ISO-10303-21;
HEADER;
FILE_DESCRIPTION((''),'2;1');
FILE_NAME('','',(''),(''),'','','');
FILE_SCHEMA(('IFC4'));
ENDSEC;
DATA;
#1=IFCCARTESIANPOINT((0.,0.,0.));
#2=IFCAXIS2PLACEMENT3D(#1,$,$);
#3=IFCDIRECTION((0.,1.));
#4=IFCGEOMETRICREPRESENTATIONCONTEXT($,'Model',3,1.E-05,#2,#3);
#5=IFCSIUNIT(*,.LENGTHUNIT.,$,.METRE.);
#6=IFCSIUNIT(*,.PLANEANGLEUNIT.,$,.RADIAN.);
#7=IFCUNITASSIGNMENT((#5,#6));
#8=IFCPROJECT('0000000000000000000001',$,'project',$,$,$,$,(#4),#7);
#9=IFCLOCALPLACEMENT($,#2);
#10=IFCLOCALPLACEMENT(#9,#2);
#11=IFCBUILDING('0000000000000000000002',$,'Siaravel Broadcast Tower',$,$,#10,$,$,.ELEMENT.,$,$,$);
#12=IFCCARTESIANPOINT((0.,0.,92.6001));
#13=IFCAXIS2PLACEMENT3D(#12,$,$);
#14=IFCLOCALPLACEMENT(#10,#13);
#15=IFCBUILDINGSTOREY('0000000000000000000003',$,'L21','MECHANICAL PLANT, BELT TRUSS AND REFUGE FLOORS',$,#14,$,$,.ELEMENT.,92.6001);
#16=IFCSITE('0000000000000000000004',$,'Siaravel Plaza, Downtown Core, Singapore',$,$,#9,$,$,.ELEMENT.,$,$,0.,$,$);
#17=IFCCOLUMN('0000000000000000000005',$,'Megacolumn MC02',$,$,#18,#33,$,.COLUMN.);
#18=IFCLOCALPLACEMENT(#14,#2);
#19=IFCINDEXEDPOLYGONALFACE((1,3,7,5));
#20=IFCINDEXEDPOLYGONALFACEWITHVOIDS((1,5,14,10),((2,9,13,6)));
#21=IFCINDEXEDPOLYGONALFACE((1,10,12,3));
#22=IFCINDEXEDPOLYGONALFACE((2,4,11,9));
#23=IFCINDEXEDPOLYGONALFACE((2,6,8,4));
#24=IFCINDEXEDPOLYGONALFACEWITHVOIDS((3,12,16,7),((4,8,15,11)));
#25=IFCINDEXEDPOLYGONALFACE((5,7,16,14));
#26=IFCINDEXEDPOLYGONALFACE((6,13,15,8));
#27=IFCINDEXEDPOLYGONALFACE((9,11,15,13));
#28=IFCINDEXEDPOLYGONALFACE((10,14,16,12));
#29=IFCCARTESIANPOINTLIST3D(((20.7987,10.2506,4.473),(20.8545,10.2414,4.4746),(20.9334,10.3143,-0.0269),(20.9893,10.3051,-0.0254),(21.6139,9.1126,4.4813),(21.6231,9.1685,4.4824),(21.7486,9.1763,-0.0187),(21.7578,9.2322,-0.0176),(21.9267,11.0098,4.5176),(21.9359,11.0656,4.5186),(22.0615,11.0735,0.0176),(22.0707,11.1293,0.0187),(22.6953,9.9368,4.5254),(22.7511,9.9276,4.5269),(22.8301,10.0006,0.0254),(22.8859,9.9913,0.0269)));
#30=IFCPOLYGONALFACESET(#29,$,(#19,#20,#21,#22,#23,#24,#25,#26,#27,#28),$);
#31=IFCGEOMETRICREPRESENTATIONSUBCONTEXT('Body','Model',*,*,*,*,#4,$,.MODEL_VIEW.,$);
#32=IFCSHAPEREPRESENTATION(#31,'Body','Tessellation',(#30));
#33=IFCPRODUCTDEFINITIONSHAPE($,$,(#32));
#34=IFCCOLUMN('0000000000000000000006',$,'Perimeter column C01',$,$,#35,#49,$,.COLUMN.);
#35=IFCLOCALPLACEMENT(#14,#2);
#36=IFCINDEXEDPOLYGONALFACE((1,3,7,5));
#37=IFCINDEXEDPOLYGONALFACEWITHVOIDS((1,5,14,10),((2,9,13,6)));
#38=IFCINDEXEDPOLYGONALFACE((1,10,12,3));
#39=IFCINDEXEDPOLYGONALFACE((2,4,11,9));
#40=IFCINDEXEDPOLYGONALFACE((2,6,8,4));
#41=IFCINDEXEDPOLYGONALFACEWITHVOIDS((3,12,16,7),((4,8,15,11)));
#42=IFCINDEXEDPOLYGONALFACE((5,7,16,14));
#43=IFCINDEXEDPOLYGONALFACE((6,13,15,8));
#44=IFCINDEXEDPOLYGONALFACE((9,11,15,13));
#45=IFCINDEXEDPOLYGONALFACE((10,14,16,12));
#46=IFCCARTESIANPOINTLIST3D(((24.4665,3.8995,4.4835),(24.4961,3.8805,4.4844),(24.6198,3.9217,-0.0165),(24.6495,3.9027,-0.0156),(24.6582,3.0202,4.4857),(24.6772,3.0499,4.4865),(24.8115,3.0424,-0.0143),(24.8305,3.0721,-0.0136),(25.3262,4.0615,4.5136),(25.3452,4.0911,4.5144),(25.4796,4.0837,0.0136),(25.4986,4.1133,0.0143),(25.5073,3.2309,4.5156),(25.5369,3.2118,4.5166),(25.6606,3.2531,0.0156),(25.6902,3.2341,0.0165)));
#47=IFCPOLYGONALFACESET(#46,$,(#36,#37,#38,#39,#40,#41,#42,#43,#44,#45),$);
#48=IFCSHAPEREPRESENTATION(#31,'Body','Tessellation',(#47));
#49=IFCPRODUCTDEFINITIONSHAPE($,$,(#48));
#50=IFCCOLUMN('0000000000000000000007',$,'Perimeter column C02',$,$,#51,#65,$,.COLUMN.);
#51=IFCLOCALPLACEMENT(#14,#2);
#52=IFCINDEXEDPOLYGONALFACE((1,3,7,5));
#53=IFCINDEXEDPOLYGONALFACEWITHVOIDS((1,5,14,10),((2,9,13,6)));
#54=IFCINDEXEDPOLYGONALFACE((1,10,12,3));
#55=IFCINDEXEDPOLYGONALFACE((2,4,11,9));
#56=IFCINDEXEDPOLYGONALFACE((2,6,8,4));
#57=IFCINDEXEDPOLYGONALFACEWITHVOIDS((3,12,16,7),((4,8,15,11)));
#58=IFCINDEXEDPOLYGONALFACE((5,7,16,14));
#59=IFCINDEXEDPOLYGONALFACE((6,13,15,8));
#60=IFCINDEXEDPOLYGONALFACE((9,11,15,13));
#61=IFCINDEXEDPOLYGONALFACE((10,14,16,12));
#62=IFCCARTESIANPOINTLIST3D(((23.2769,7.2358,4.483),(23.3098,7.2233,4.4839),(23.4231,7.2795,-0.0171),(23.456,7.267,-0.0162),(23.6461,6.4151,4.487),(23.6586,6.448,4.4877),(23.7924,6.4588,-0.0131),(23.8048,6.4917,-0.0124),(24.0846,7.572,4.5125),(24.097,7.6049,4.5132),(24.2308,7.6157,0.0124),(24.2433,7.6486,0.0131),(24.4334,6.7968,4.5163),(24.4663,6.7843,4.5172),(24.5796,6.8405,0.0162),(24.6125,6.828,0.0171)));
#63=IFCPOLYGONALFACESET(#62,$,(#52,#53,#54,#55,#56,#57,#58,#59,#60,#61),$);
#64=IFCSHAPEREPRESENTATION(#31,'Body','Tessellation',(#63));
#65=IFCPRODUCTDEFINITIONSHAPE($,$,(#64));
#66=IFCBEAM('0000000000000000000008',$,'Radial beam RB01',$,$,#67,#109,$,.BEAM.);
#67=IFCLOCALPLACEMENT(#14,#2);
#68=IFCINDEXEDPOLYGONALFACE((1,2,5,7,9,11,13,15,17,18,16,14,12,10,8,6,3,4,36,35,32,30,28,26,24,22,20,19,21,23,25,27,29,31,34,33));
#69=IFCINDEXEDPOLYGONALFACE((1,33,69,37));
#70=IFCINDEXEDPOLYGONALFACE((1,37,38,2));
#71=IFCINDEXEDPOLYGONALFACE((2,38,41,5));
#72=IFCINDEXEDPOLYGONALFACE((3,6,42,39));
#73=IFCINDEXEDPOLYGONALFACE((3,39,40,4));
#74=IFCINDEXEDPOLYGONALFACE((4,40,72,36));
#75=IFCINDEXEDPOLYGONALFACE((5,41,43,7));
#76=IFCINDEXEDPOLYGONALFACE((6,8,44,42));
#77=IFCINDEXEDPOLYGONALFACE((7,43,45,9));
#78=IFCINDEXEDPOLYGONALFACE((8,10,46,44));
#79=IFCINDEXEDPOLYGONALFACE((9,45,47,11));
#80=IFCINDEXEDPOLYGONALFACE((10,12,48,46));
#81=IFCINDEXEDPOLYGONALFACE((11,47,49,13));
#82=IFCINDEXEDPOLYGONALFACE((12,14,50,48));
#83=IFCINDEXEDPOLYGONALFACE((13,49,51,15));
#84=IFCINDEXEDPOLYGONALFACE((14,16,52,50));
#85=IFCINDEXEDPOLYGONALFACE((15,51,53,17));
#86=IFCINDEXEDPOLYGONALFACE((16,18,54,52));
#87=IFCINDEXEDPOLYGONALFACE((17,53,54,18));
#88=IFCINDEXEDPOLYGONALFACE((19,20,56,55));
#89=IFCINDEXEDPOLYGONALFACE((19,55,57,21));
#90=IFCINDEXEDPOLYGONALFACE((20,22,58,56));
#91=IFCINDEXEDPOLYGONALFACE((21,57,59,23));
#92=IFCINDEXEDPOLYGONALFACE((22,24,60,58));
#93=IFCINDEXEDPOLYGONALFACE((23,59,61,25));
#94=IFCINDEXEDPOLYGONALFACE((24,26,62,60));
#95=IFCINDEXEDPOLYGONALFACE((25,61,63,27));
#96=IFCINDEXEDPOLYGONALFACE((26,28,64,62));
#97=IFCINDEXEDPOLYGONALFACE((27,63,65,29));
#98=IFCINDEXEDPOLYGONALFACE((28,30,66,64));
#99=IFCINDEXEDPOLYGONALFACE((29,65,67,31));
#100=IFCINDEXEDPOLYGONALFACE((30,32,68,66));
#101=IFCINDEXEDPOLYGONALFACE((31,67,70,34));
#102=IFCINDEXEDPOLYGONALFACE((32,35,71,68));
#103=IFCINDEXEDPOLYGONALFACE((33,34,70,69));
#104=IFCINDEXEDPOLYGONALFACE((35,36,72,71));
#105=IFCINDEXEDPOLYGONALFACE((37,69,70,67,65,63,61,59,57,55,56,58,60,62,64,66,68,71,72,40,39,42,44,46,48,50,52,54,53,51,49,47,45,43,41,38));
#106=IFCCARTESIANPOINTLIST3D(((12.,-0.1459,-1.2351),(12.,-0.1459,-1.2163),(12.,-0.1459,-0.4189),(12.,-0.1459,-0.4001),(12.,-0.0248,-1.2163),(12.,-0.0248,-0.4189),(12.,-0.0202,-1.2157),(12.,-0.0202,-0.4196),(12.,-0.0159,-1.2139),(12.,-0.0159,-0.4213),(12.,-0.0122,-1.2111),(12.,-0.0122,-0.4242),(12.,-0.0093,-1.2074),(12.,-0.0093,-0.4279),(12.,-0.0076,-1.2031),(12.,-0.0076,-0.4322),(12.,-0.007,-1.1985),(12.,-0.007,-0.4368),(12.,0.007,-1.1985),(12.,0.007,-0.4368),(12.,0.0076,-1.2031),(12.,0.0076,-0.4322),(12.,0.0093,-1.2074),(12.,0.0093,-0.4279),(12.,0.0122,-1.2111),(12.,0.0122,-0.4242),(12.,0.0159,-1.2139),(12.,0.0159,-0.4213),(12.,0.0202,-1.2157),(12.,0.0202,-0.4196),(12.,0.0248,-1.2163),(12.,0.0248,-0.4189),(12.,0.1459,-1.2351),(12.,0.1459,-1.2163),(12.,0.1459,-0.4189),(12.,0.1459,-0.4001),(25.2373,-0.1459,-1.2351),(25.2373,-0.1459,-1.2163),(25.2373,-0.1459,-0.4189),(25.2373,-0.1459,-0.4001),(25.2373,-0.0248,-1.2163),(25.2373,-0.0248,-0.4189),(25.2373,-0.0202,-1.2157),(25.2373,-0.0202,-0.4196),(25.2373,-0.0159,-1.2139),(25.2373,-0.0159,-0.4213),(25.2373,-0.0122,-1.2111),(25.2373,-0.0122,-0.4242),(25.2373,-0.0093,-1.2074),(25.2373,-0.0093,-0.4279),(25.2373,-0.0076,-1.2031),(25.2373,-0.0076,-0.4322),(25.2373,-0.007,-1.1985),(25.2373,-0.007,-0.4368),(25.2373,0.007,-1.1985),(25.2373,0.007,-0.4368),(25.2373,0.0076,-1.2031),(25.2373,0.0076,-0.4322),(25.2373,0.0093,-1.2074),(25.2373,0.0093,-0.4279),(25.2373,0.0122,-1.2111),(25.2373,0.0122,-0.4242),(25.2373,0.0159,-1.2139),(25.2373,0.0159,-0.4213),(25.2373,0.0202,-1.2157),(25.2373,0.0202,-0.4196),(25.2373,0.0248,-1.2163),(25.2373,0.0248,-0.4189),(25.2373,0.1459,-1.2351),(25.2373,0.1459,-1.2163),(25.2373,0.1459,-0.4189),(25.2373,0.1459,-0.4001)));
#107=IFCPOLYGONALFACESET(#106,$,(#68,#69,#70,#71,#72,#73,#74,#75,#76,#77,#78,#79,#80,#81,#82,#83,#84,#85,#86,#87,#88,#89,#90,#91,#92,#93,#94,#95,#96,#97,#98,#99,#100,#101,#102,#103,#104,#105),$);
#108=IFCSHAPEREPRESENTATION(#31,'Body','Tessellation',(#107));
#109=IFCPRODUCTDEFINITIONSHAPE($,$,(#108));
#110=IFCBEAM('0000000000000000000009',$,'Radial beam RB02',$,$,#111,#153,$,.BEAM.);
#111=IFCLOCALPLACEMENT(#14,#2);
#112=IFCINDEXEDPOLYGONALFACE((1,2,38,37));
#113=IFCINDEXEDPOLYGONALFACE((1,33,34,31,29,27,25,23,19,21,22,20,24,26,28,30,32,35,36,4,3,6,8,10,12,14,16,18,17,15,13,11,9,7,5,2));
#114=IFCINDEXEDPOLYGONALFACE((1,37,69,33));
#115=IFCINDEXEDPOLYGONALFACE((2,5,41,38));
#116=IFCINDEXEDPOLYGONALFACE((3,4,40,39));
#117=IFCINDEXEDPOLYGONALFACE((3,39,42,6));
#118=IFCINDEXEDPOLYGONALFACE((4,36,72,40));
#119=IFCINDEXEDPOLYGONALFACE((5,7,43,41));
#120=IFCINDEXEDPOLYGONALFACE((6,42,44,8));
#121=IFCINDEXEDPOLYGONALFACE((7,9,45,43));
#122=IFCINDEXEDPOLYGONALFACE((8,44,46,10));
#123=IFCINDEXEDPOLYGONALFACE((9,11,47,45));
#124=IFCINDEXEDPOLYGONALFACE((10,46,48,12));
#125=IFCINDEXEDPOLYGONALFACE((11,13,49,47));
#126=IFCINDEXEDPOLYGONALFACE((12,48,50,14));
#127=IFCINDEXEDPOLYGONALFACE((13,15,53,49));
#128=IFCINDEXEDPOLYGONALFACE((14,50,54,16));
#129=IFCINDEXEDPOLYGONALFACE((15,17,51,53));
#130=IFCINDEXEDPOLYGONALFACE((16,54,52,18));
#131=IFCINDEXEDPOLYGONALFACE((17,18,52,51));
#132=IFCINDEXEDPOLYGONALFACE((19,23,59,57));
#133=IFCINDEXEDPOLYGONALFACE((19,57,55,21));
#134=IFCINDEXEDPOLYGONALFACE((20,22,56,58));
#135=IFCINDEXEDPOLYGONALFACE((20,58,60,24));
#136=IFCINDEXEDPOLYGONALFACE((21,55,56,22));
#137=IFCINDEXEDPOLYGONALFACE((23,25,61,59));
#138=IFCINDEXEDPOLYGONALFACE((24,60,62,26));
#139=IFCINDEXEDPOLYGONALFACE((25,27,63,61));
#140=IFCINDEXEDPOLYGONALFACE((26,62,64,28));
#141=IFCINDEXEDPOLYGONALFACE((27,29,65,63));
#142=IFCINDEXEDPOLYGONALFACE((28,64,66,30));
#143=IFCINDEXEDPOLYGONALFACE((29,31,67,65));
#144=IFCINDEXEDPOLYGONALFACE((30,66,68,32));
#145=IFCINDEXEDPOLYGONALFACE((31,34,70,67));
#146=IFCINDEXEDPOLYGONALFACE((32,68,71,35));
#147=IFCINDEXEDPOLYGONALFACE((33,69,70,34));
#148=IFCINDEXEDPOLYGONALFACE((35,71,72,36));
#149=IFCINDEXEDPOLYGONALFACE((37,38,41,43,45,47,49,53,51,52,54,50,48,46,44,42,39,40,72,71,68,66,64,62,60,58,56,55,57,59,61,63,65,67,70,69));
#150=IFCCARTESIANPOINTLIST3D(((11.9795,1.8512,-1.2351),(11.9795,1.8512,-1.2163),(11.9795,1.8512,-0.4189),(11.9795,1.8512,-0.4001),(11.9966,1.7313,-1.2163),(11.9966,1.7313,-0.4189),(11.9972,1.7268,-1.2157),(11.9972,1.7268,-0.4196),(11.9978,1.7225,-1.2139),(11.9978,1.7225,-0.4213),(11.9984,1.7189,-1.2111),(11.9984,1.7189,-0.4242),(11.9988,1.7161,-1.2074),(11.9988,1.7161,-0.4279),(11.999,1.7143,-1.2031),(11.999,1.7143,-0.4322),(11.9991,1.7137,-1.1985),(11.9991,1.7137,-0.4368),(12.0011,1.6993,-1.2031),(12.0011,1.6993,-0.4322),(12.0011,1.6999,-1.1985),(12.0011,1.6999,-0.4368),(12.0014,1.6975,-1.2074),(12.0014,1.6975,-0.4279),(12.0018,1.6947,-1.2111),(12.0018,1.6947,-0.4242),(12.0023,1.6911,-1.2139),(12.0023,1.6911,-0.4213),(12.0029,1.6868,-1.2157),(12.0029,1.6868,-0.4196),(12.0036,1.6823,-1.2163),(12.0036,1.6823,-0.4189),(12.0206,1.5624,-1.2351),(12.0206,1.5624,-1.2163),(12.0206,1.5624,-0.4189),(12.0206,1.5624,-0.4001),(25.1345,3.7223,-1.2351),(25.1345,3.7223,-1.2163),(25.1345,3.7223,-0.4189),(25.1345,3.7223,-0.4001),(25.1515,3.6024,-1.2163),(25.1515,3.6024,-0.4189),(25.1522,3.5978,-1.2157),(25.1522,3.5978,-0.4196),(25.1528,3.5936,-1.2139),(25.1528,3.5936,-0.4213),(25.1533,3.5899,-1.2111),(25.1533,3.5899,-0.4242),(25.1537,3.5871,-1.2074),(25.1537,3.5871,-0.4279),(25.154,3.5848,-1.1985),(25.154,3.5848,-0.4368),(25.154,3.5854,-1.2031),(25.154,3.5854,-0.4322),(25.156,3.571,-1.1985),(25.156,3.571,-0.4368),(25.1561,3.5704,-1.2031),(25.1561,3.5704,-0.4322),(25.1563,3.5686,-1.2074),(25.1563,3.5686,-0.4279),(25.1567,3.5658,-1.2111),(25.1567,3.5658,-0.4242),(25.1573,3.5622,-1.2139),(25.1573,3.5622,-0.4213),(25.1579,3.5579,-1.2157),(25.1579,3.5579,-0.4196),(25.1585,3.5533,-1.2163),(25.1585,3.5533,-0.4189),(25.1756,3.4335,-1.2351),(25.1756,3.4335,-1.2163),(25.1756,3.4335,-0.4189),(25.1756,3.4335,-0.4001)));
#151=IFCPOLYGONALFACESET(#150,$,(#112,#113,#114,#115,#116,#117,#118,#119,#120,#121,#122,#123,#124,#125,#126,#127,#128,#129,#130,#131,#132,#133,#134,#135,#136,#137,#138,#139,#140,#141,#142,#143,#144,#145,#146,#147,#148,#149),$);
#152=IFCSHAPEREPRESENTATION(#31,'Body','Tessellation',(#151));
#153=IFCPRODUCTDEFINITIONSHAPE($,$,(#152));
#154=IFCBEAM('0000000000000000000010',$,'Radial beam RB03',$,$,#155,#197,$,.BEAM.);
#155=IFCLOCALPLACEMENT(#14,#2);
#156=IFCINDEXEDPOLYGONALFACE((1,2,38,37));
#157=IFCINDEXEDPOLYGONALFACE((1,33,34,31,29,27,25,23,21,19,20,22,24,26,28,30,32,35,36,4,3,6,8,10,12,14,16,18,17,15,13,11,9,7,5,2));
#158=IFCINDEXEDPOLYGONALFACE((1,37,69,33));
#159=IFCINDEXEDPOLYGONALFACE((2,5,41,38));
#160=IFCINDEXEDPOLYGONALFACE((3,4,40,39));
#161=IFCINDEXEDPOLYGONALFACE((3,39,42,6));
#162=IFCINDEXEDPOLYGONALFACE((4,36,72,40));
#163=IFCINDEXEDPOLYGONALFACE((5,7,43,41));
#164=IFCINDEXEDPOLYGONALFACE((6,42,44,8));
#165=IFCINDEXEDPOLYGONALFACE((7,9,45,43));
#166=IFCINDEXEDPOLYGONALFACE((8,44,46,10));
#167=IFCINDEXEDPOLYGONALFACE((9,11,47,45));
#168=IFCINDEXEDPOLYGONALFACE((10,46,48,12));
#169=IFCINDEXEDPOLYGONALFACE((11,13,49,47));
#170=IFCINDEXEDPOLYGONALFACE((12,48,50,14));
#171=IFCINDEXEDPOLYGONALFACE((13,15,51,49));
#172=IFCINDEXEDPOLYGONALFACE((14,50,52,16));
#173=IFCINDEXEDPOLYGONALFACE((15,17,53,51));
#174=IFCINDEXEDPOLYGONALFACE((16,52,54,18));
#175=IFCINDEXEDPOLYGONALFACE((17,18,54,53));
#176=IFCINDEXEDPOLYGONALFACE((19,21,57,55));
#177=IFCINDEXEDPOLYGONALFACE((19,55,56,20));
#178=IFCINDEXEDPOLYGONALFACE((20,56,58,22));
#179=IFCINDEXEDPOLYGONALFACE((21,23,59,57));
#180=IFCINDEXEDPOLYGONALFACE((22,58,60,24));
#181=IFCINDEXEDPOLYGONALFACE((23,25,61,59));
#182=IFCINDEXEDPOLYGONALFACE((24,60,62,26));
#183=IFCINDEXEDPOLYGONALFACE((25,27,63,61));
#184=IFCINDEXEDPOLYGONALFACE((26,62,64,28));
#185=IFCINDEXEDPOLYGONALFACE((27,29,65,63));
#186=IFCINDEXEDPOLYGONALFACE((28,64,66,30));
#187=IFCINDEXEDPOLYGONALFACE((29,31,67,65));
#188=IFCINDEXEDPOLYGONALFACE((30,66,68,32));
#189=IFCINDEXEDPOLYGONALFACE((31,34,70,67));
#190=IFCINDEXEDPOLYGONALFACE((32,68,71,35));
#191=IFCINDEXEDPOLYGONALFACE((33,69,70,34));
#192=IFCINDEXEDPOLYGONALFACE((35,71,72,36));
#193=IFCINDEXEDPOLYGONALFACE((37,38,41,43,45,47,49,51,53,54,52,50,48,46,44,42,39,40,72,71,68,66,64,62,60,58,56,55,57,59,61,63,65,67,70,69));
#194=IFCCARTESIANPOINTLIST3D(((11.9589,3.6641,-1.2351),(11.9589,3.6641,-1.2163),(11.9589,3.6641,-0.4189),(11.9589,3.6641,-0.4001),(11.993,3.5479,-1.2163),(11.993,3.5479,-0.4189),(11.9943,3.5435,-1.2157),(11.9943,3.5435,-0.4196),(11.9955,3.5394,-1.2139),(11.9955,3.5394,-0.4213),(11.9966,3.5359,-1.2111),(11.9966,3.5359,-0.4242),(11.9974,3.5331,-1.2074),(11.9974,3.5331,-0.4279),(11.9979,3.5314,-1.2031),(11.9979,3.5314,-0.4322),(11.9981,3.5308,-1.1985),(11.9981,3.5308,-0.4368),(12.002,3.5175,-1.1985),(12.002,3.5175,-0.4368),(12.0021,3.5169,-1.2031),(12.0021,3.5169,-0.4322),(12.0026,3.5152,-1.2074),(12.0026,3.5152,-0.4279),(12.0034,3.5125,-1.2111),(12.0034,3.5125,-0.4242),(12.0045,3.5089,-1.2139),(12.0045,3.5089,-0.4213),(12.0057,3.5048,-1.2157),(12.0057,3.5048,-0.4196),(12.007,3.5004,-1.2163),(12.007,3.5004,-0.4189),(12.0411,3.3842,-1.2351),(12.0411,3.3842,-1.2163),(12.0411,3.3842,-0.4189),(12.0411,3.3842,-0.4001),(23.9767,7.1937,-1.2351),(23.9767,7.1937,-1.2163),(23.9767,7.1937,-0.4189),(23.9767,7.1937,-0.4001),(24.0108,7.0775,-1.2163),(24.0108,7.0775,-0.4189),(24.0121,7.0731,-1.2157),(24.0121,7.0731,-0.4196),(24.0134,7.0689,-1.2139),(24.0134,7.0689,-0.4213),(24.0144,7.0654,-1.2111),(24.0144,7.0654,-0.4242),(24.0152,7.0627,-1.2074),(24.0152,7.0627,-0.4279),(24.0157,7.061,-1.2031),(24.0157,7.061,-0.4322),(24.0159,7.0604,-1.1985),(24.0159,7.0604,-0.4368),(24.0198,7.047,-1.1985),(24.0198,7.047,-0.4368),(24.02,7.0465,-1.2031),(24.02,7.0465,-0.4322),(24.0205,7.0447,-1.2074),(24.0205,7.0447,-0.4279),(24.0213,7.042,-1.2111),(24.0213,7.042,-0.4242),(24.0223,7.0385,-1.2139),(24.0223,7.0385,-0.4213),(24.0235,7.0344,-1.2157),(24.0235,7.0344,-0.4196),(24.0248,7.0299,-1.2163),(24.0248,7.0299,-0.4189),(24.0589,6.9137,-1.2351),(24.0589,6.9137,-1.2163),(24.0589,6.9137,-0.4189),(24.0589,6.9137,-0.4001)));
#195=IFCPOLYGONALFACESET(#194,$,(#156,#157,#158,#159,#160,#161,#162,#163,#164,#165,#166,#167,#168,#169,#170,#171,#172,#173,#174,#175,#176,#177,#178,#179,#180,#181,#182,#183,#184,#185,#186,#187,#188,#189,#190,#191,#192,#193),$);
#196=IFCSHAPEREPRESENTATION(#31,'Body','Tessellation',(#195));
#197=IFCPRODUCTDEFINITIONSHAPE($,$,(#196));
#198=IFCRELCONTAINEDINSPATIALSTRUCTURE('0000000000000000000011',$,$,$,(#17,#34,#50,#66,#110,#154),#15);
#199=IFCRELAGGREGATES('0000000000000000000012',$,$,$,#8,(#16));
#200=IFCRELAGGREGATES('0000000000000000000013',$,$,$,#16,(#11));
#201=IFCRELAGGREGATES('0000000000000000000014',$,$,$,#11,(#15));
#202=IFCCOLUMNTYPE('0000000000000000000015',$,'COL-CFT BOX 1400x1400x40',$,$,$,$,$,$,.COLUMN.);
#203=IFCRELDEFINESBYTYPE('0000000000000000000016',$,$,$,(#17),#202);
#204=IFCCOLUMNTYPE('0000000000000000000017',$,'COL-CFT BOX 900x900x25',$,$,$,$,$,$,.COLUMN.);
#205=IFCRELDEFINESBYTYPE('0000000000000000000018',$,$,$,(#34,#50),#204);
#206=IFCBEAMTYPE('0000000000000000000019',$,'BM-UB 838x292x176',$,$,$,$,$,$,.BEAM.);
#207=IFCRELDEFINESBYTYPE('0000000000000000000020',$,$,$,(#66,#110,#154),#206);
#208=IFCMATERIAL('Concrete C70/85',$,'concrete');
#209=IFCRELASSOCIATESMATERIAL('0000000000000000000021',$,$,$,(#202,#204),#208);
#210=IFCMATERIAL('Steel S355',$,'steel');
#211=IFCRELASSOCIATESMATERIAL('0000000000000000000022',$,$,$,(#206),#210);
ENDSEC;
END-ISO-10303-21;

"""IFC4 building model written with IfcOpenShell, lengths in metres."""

from ifc_helpers import new_model, si_unit, direction, frame, origin, origin_2d, place, context, subcontext, project, spatial, hollow_rectangle, i_section, extrude, material, material_profile, profile_set, type_object, element, save


model = new_model("IFC4")

# Units and contexts
model_context = context("Model", 3, precision=1e-05, world=origin(), true_north=direction((0.0, 1.0)))
body_context = subcontext(model_context, "Body", "Model", "MODEL_VIEW")
ifc_project = project(units=[si_unit("LENGTHUNIT", "METRE"), si_unit("PLANEANGLEUNIT", "RADIAN")], contexts=[model_context])

# Site, building, storey
site_placement = place(None, origin())
site = spatial("IfcSite", under=ifc_project, at=site_placement, Name="Siaravel Plaza, Downtown Core, Singapore", CompositionType="ELEMENT", RefElevation=0.0)
building_placement = place(site_placement, origin())
building = spatial("IfcBuilding", under=site, at=building_placement, Name="Siaravel Broadcast Tower", CompositionType="ELEMENT")
storey_placement = place(building_placement, frame((0.0, 0.0, 92.6001)))
storey = spatial("IfcBuildingStorey", under=building, at=storey_placement, Name="L21", Description="MECHANICAL PLANT, BELT TRUSS AND REFUGE FLOORS", CompositionType="ELEMENT", Elevation=92.6001)

# Columns
ifc_material_1 = material(Name="Concrete C70/85", Category="concrete")
ifc_material_profile_1 = material_profile(ifc_material_1, hollow_rectangle(XDim=1.3999, YDim=1.3999, WallThickness=0.04, at=origin_2d()))
ifc_profile_set_1 = profile_set([ifc_material_profile_1], Name="Concrete C70/85")
column_type_1 = type_object("IfcColumnType", Name="COL-CFT BOX 1400x1400x40", PredefinedType="COLUMN", material=ifc_profile_set_1)
column_placement = place(storey_placement, frame((21.9097, 10.1528, 0.0), z_axis=(-0.029931, -0.014152, 0.999452), x_axis=(0.582332, -0.812929, 0.005928)))
element("IfcColumn", 1, at=column_placement, inside=storey, type_object=column_type_1, Name="Megacolumn MC02", PredefinedType="COLUMN", context=body_context, shape_type="SweptSolid", body=[
    extrude(hollow_rectangle(XDim=1.3999, YDim=1.3999, WallThickness=0.04, at=origin_2d()), origin(), (0.0, 0.0, 1.0), 4.5024),
])
ifc_material_profile_2 = material_profile(ifc_material_1, hollow_rectangle(XDim=0.8999, YDim=0.8999, WallThickness=0.0249, at=origin_2d()))
ifc_profile_set_2 = profile_set([ifc_material_profile_2], Name="Concrete C70/85")
column_type_2 = type_object("IfcColumnType", Name="COL-CFT BOX 900x900x25", PredefinedType="COLUMN", material=ifc_profile_set_2)
for number, where, z_axis, x_axis, name in (
    (2, (25.155, 3.5779, 0.0), (-0.034051, -0.004934, 0.999408), (0.212972, -0.977055, 0.002432), "Perimeter column C01"),
    (3, (24.0178, 7.0537, 0.0), (-0.032479, -0.009706, 0.999425), (0.410309, -0.911936, 0.004478), "Perimeter column C02"),
):
    element("IfcColumn", number, at=place(storey_placement, frame(where, z_axis=z_axis, x_axis=x_axis)), inside=storey, type_object=column_type_2, Name=name, PredefinedType="COLUMN", context=body_context, shape_type="SweptSolid", body=[
        extrude(hollow_rectangle(XDim=0.8999, YDim=0.8999, WallThickness=0.0249, at=origin_2d()), origin(), (0.0, 0.0, 1.0), 4.5027),
    ])

# Beams
ifc_material_2 = material(Name="Steel S355", Category="steel")
ifc_material_profile_3 = material_profile(ifc_material_2, i_section(OverallWidth=0.2917, OverallDepth=0.835, WebThickness=0.0139, FlangeThickness=0.0188, FilletRadius=0.0178, at=origin_2d()))
ifc_profile_set_3 = profile_set([ifc_material_profile_3], Name="Steel S355")
beam_type_1 = type_object("IfcBeamType", Name="BM-UB 838x292x176", PredefinedType="BEAM", material=ifc_profile_set_3)
beam_1_placement = place(storey_placement, frame((25.2373, 0.0, -0.8176), z_axis=(-1.0, 0.0, 0.0), x_axis=(0.0, -1.0, 0.0)))
element("IfcBeam", 4, at=beam_1_placement, inside=storey, type_object=beam_type_1, Name="Radial beam RB01", PredefinedType="BEAM", context=body_context, shape_type="SweptSolid", body=[
    extrude(i_section(OverallWidth=0.2917, OverallDepth=0.835, WebThickness=0.0139, FlangeThickness=0.0188, FilletRadius=0.0178, at=origin_2d()), origin(), (0.0, 0.0, 1.0), 13.2373),
])
beam_2_placement = place(storey_placement, frame((25.155, 3.5779, -0.8176), z_axis=(-0.990036, -0.140817, 0.0), x_axis=(0.140817, -0.990036, 0.0)))
element("IfcBeam", 5, at=beam_2_placement, inside=storey, type_object=beam_type_1, Name="Radial beam RB02", PredefinedType="BEAM", context=body_context, shape_type="SweptSolid", body=[
    extrude(i_section(OverallWidth=0.2917, OverallDepth=0.835, WebThickness=0.0139, FlangeThickness=0.0188, FilletRadius=0.0178, at=origin_2d()), origin(), (0.0, 0.0, 1.0), 13.2874),
])
beam_3_placement = place(storey_placement, frame((24.0178, 7.0537, -0.8176), z_axis=(-0.959476, -0.281791, 0.0), x_axis=(0.281791, -0.959476, 0.0)))
element("IfcBeam", 6, at=beam_3_placement, inside=storey, type_object=beam_type_1, Name="Radial beam RB03", PredefinedType="BEAM", context=body_context, shape_type="SweptSolid", body=[
    extrude(i_section(OverallWidth=0.2917, OverallDepth=0.835, WebThickness=0.0139, FlangeThickness=0.0188, FilletRadius=0.0178, at=origin_2d()), origin(), (0.0, 0.0, 1.0), 12.5254),
])

save(model, "model.ifc")
